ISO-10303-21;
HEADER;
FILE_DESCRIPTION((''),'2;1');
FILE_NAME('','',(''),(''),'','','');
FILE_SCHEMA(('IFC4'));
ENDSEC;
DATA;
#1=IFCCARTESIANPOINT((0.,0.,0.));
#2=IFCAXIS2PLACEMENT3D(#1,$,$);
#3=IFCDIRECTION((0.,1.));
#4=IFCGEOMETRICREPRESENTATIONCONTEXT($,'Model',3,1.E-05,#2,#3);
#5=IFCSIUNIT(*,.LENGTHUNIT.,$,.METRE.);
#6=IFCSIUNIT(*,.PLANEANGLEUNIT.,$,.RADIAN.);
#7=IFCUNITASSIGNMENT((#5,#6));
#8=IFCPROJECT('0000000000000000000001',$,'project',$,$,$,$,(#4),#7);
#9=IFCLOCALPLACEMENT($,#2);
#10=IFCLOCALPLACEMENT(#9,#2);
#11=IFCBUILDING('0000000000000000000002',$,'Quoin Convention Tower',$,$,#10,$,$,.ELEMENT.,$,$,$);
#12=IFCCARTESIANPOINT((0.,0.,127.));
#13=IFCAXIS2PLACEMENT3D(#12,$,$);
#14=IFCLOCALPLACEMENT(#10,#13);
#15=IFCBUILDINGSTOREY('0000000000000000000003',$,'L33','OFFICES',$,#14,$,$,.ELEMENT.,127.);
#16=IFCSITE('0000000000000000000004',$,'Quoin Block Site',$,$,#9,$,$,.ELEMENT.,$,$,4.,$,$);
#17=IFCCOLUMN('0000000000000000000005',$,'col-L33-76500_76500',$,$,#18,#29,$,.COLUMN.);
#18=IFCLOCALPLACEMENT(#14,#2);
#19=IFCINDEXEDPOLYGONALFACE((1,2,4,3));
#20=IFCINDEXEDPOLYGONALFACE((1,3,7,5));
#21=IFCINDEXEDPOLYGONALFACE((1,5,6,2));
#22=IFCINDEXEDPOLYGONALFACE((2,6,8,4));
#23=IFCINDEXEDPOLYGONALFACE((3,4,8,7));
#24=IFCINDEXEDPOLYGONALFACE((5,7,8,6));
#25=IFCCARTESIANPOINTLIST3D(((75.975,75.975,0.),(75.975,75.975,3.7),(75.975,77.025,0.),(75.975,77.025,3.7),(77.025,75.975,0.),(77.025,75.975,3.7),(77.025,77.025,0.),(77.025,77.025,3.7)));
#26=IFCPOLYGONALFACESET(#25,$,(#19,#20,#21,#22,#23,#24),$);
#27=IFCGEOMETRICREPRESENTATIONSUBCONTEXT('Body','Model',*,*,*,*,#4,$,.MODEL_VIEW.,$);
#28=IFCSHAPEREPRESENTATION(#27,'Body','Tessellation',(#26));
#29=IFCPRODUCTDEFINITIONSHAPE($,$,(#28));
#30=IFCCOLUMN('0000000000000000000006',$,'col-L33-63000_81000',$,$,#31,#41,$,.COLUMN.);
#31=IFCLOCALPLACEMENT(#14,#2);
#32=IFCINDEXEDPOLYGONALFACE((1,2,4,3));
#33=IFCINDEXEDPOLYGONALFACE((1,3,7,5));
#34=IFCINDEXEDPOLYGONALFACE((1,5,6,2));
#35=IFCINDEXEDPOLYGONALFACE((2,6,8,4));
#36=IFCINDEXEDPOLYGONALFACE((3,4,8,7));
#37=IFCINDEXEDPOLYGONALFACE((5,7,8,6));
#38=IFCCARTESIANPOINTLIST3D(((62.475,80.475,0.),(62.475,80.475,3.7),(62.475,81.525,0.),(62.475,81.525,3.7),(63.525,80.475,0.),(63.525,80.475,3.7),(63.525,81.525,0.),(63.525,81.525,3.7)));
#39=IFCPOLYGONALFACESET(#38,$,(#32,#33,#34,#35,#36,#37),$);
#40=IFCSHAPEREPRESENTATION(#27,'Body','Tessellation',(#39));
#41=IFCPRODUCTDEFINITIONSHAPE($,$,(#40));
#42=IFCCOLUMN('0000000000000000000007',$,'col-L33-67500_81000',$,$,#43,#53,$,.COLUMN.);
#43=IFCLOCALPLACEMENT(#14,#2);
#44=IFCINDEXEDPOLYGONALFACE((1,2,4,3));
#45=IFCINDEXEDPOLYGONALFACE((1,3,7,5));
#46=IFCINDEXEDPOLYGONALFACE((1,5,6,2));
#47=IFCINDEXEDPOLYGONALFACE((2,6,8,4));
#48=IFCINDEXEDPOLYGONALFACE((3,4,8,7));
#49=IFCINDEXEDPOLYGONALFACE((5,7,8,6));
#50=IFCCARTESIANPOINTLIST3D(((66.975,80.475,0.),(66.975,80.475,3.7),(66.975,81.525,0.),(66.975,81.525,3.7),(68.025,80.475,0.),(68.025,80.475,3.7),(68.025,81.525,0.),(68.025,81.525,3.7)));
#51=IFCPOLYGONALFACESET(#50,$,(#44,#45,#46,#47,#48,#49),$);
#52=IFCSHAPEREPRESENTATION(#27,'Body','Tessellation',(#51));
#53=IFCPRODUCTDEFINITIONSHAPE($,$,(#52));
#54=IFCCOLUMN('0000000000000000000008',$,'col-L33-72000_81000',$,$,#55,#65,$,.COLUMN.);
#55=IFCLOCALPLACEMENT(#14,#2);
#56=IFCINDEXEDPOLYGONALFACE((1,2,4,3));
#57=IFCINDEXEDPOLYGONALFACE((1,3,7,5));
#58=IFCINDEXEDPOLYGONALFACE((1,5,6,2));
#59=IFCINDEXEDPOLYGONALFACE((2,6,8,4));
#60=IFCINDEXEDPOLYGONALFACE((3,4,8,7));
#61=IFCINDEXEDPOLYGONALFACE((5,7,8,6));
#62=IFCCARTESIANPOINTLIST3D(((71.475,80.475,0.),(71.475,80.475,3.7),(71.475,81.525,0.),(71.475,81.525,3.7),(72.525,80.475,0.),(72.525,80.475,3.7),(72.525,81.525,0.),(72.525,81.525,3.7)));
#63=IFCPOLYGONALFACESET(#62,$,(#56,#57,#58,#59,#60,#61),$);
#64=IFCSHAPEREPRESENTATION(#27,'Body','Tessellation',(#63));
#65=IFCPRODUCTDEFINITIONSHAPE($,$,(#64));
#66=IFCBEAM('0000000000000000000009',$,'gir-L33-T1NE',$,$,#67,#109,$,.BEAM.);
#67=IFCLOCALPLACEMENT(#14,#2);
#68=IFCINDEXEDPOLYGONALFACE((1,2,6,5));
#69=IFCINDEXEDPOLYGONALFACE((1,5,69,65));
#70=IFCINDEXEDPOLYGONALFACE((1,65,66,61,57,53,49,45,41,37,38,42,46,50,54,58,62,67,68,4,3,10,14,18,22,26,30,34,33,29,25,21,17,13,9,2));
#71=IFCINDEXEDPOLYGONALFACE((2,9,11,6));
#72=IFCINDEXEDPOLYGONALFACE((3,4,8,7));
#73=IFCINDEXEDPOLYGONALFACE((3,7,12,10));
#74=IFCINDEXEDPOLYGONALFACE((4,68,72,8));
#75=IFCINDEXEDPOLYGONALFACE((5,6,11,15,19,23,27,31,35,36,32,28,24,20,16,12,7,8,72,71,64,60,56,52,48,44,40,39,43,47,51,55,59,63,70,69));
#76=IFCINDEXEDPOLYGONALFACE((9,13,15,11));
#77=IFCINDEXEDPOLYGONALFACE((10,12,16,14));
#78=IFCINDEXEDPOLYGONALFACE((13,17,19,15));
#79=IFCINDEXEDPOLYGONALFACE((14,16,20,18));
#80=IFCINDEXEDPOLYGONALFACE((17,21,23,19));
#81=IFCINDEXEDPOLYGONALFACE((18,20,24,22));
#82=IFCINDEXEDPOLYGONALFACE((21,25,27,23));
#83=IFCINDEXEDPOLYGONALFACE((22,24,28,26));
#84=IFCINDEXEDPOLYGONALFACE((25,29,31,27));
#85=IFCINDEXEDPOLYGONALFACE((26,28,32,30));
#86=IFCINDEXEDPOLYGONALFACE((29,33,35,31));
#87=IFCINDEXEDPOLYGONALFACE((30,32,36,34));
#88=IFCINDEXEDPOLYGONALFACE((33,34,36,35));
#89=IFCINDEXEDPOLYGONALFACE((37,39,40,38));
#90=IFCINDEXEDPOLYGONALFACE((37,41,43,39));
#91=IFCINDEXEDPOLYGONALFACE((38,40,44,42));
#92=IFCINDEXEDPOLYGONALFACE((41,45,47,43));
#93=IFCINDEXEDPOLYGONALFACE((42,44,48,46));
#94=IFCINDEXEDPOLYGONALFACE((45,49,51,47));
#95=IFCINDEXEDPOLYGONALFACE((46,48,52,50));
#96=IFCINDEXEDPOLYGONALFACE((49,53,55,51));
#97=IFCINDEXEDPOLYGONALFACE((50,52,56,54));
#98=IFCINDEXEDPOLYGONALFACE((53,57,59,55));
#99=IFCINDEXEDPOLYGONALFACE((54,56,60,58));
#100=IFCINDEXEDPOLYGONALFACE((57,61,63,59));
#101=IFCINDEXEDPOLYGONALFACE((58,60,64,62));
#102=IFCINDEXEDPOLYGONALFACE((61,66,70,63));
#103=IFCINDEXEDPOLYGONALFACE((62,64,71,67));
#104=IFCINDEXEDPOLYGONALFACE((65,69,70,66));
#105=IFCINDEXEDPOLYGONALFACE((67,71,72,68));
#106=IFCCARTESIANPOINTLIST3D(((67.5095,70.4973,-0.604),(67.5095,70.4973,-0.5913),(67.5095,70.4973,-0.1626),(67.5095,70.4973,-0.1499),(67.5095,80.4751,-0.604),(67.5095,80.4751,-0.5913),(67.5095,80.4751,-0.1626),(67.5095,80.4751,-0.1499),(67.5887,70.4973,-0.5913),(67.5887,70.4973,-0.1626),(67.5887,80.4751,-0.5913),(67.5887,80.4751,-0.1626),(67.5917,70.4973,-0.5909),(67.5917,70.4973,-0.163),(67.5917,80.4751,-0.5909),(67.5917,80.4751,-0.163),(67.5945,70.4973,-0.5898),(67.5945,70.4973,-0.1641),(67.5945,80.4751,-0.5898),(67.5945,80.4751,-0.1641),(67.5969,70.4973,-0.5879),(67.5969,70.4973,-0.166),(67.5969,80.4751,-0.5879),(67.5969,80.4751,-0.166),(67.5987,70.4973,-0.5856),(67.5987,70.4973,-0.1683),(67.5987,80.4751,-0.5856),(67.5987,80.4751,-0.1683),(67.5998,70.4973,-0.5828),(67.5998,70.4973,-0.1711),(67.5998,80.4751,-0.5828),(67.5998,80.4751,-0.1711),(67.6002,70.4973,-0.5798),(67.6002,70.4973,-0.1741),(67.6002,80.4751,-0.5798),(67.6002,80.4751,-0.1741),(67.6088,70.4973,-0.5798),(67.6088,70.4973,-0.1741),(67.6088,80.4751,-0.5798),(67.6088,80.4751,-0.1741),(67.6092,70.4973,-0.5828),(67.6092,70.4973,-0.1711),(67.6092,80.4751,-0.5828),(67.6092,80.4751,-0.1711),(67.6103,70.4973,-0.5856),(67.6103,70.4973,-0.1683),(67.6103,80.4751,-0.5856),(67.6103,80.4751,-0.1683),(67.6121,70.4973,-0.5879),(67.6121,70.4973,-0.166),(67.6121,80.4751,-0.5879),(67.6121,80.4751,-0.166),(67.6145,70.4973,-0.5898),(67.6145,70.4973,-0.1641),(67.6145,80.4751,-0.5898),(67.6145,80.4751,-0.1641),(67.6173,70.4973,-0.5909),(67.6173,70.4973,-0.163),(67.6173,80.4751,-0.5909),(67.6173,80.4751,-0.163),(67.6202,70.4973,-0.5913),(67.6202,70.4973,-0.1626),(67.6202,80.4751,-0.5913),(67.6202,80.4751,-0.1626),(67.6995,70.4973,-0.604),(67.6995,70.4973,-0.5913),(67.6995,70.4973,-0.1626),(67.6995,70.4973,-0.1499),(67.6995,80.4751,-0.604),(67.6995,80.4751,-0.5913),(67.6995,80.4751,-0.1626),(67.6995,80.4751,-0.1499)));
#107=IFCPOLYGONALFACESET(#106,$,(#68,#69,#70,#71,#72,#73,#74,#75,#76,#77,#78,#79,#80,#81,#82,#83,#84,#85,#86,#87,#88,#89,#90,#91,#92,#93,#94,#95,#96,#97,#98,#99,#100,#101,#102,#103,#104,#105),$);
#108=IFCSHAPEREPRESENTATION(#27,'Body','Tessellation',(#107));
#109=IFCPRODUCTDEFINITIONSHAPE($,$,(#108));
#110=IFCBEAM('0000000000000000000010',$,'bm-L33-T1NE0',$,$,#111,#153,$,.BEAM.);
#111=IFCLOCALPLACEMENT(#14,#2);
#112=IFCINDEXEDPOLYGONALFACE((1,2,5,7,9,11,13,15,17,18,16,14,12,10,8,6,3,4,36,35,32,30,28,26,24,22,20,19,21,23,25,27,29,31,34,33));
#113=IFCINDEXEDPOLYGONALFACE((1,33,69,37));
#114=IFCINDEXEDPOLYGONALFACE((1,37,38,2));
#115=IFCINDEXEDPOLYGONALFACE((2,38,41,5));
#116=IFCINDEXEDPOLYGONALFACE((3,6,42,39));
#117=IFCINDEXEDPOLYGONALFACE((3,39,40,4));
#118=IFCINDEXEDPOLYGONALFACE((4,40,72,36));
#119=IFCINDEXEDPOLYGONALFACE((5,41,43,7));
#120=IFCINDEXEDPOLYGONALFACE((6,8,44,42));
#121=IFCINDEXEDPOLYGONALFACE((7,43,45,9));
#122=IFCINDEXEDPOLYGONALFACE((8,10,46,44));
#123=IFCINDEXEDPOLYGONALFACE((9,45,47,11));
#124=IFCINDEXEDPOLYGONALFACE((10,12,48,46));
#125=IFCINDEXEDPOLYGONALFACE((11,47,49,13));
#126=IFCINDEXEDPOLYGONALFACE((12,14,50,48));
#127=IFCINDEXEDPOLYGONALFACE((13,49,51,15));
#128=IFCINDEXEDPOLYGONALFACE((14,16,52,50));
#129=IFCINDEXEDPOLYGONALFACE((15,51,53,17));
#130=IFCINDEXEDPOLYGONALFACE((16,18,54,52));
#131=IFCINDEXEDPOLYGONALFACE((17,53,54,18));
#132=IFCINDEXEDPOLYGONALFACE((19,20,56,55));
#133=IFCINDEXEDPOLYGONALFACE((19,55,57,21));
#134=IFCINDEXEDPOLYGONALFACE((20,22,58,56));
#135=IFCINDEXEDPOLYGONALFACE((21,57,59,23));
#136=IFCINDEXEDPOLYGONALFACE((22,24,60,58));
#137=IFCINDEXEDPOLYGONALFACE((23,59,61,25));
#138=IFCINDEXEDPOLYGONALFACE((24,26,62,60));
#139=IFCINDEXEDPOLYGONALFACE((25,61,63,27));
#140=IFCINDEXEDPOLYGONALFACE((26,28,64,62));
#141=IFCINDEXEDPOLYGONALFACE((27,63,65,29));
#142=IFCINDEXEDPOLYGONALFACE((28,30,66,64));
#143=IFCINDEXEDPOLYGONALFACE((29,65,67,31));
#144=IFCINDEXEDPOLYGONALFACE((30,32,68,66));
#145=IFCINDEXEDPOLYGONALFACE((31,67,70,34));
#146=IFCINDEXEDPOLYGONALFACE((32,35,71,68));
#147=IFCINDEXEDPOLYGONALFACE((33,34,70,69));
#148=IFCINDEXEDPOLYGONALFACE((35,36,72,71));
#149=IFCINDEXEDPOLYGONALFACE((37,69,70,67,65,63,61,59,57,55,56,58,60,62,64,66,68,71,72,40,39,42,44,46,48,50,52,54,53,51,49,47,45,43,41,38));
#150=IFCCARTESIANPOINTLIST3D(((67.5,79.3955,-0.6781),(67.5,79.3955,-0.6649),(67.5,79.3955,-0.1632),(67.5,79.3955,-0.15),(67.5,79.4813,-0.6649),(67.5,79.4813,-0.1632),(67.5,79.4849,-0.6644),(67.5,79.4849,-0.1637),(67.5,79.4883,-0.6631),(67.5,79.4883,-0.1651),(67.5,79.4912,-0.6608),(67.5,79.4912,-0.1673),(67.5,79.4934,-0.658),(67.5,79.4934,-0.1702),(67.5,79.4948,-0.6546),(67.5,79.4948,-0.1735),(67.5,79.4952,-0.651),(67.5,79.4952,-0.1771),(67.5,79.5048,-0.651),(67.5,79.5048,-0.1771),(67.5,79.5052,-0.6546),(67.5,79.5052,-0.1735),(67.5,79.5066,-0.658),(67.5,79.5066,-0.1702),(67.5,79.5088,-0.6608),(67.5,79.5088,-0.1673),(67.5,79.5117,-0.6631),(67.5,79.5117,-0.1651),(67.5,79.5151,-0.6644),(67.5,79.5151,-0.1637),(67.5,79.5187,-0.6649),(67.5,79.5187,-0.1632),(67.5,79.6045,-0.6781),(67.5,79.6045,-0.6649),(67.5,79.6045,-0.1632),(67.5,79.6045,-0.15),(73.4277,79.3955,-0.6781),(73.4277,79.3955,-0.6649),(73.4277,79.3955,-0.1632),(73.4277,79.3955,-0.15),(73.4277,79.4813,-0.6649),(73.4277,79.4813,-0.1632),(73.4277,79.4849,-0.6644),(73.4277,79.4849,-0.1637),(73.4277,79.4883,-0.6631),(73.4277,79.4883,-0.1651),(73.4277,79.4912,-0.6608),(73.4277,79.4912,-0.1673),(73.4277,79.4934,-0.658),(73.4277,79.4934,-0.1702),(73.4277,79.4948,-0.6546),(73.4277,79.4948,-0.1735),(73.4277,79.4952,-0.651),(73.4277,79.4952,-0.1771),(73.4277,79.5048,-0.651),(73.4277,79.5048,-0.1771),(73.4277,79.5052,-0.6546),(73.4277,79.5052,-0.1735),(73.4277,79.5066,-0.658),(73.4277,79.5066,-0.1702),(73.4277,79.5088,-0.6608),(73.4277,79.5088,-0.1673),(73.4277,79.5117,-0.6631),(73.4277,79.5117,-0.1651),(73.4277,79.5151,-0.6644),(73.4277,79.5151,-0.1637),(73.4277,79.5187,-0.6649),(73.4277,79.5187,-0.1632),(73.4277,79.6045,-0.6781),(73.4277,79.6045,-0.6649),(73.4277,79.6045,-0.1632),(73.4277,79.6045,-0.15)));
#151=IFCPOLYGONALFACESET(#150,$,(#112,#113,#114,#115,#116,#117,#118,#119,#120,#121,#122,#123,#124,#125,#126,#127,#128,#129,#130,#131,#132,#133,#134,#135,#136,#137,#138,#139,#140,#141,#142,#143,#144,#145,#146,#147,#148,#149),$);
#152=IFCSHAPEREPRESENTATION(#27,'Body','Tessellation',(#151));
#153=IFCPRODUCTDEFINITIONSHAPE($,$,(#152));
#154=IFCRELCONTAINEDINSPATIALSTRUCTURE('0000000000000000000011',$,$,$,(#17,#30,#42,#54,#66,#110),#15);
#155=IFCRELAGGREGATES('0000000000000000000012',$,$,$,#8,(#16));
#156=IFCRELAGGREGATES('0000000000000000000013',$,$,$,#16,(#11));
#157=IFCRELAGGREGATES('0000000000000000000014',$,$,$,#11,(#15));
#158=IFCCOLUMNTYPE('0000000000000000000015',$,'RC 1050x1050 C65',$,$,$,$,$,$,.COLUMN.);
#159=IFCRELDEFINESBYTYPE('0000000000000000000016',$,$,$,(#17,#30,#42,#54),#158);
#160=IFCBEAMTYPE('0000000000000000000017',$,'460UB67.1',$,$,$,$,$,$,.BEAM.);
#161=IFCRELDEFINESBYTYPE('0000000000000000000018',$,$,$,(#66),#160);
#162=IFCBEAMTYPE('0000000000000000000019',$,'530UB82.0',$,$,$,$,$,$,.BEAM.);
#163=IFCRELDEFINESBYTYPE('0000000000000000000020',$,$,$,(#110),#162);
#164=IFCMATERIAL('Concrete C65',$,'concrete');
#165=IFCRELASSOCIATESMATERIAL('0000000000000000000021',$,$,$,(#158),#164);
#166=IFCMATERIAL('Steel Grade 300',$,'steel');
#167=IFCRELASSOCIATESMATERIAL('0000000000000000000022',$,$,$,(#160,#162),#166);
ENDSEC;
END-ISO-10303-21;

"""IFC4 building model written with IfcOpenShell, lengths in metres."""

from ifc_helpers import new_model, si_unit, direction, frame, origin, origin_2d, place, context, subcontext, project, spatial, rectangle, i_section, extrude, material, material_profile, profile_set, type_object, element, save


model = new_model("IFC4")

# Units and contexts
model_context = context("Model", 3, precision=1e-05, world=origin(), true_north=direction((0.0, 1.0)))
body_context = subcontext(model_context, "Body", "Model", "MODEL_VIEW")
ifc_project = project(units=[si_unit("LENGTHUNIT", "METRE"), si_unit("PLANEANGLEUNIT", "RADIAN")], contexts=[model_context])

# Site, building, storey
site_placement = place(None, origin())
site = spatial("IfcSite", under=ifc_project, at=site_placement, Name="Quoin Block Site", CompositionType="ELEMENT", RefElevation=4.0)
building_placement = place(site_placement, origin())
building = spatial("IfcBuilding", under=site, at=building_placement, Name="Quoin Convention Tower", CompositionType="ELEMENT")
storey_placement = place(building_placement, frame((0.0, 0.0, 127.0)))
storey = spatial("IfcBuildingStorey", under=building, at=storey_placement, Name="L33", Description="OFFICES", CompositionType="ELEMENT", Elevation=127.0)

# Columns
ifc_material_1 = material(Name="Concrete C65", Category="concrete")
ifc_material_profile_1 = material_profile(ifc_material_1, rectangle(XDim=1.05, YDim=1.05, at=origin_2d()), Name="RC 1050x1050")
ifc_profile_set_1 = profile_set([ifc_material_profile_1], Name="Concrete C65")
column_type = type_object("IfcColumnType", Name="RC 1050x1050 C65", PredefinedType="COLUMN", material=ifc_profile_set_1)
for number, where, z_axis, x_axis, name in (
    (1, (76.5, 76.5, 0.0), (0.0, 0.0, 1.0), (1.0, 0.0, 0.0), "col-L33-76500_76500"),
    (2, (63.0, 81.0, 0.0), (0.0, 0.0, 1.0), (1.0, 0.0, 0.0), "col-L33-63000_81000"),
    (3, (67.5, 81.0, 0.0), (0.0, 0.0, 1.0), (1.0, 0.0, 0.0), "col-L33-67500_81000"),
    (4, (72.0, 81.0, 0.0), (0.0, 0.0, 1.0), (1.0, 0.0, 0.0), "col-L33-72000_81000"),
):
    element("IfcColumn", number, at=place(storey_placement, frame(where, z_axis=z_axis, x_axis=x_axis)), inside=storey, type_object=column_type, Name=name, PredefinedType="COLUMN", context=body_context, shape_type="SweptSolid", body=[
        extrude(rectangle(XDim=1.05, YDim=1.05, at=origin_2d()), origin(), (0.0, 0.0, 1.0), 3.7),
    ])

# Beams
ifc_material_2 = material(Name="Steel Grade 300", Category="steel")
ifc_material_profile_2 = material_profile(ifc_material_2, i_section(OverallWidth=0.1899, OverallDepth=0.4541, WebThickness=0.0085, FlangeThickness=0.0127, FilletRadius=0.0115, at=origin_2d()), Name="460UB67.1")
ifc_profile_set_2 = profile_set([ifc_material_profile_2], Name="Steel Grade 300")
beam_type_1 = type_object("IfcBeamType", Name="460UB67.1", PredefinedType="BEAM", material=ifc_profile_set_2)
beam_1_placement = place(storey_placement, frame((67.6045, 80.4751, -0.377), z_axis=(0.0, -1.0, 0.0), x_axis=(1.0, 0.0, 0.0)))
element("IfcBeam", 5, at=beam_1_placement, inside=storey, type_object=beam_type_1, Name="gir-L33-T1NE", PredefinedType="BEAM", context=body_context, shape_type="SweptSolid", body=[
    extrude(i_section(OverallWidth=0.1899, OverallDepth=0.4541, WebThickness=0.0085, FlangeThickness=0.0127, FilletRadius=0.0115, at=origin_2d()), origin(), (0.0, 0.0, 1.0), 9.9778),
])
ifc_material_profile_3 = material_profile(ifc_material_2, i_section(OverallWidth=0.209, OverallDepth=0.5281, WebThickness=0.0095, FlangeThickness=0.0132, FilletRadius=0.0139, at=origin_2d()), Name="530UB82.0")
ifc_profile_set_3 = profile_set([ifc_material_profile_3], Name="Steel Grade 300")
beam_type_2 = type_object("IfcBeamType", Name="530UB82.0", PredefinedType="BEAM", material=ifc_profile_set_3)
beam_2_placement = place(storey_placement, frame((67.5, 79.5, -0.4141), z_axis=(1.0, 0.0, 0.0), x_axis=(0.0, 1.0, 0.0)))
element("IfcBeam", 6, at=beam_2_placement, inside=storey, type_object=beam_type_2, Name="bm-L33-T1NE0", PredefinedType="BEAM", context=body_context, shape_type="SweptSolid", body=[
    extrude(i_section(OverallWidth=0.209, OverallDepth=0.5281, WebThickness=0.0095, FlangeThickness=0.0132, FilletRadius=0.0139, at=origin_2d()), origin(), (0.0, 0.0, 1.0), 5.9277),
])

save(model, "model.ifc")
